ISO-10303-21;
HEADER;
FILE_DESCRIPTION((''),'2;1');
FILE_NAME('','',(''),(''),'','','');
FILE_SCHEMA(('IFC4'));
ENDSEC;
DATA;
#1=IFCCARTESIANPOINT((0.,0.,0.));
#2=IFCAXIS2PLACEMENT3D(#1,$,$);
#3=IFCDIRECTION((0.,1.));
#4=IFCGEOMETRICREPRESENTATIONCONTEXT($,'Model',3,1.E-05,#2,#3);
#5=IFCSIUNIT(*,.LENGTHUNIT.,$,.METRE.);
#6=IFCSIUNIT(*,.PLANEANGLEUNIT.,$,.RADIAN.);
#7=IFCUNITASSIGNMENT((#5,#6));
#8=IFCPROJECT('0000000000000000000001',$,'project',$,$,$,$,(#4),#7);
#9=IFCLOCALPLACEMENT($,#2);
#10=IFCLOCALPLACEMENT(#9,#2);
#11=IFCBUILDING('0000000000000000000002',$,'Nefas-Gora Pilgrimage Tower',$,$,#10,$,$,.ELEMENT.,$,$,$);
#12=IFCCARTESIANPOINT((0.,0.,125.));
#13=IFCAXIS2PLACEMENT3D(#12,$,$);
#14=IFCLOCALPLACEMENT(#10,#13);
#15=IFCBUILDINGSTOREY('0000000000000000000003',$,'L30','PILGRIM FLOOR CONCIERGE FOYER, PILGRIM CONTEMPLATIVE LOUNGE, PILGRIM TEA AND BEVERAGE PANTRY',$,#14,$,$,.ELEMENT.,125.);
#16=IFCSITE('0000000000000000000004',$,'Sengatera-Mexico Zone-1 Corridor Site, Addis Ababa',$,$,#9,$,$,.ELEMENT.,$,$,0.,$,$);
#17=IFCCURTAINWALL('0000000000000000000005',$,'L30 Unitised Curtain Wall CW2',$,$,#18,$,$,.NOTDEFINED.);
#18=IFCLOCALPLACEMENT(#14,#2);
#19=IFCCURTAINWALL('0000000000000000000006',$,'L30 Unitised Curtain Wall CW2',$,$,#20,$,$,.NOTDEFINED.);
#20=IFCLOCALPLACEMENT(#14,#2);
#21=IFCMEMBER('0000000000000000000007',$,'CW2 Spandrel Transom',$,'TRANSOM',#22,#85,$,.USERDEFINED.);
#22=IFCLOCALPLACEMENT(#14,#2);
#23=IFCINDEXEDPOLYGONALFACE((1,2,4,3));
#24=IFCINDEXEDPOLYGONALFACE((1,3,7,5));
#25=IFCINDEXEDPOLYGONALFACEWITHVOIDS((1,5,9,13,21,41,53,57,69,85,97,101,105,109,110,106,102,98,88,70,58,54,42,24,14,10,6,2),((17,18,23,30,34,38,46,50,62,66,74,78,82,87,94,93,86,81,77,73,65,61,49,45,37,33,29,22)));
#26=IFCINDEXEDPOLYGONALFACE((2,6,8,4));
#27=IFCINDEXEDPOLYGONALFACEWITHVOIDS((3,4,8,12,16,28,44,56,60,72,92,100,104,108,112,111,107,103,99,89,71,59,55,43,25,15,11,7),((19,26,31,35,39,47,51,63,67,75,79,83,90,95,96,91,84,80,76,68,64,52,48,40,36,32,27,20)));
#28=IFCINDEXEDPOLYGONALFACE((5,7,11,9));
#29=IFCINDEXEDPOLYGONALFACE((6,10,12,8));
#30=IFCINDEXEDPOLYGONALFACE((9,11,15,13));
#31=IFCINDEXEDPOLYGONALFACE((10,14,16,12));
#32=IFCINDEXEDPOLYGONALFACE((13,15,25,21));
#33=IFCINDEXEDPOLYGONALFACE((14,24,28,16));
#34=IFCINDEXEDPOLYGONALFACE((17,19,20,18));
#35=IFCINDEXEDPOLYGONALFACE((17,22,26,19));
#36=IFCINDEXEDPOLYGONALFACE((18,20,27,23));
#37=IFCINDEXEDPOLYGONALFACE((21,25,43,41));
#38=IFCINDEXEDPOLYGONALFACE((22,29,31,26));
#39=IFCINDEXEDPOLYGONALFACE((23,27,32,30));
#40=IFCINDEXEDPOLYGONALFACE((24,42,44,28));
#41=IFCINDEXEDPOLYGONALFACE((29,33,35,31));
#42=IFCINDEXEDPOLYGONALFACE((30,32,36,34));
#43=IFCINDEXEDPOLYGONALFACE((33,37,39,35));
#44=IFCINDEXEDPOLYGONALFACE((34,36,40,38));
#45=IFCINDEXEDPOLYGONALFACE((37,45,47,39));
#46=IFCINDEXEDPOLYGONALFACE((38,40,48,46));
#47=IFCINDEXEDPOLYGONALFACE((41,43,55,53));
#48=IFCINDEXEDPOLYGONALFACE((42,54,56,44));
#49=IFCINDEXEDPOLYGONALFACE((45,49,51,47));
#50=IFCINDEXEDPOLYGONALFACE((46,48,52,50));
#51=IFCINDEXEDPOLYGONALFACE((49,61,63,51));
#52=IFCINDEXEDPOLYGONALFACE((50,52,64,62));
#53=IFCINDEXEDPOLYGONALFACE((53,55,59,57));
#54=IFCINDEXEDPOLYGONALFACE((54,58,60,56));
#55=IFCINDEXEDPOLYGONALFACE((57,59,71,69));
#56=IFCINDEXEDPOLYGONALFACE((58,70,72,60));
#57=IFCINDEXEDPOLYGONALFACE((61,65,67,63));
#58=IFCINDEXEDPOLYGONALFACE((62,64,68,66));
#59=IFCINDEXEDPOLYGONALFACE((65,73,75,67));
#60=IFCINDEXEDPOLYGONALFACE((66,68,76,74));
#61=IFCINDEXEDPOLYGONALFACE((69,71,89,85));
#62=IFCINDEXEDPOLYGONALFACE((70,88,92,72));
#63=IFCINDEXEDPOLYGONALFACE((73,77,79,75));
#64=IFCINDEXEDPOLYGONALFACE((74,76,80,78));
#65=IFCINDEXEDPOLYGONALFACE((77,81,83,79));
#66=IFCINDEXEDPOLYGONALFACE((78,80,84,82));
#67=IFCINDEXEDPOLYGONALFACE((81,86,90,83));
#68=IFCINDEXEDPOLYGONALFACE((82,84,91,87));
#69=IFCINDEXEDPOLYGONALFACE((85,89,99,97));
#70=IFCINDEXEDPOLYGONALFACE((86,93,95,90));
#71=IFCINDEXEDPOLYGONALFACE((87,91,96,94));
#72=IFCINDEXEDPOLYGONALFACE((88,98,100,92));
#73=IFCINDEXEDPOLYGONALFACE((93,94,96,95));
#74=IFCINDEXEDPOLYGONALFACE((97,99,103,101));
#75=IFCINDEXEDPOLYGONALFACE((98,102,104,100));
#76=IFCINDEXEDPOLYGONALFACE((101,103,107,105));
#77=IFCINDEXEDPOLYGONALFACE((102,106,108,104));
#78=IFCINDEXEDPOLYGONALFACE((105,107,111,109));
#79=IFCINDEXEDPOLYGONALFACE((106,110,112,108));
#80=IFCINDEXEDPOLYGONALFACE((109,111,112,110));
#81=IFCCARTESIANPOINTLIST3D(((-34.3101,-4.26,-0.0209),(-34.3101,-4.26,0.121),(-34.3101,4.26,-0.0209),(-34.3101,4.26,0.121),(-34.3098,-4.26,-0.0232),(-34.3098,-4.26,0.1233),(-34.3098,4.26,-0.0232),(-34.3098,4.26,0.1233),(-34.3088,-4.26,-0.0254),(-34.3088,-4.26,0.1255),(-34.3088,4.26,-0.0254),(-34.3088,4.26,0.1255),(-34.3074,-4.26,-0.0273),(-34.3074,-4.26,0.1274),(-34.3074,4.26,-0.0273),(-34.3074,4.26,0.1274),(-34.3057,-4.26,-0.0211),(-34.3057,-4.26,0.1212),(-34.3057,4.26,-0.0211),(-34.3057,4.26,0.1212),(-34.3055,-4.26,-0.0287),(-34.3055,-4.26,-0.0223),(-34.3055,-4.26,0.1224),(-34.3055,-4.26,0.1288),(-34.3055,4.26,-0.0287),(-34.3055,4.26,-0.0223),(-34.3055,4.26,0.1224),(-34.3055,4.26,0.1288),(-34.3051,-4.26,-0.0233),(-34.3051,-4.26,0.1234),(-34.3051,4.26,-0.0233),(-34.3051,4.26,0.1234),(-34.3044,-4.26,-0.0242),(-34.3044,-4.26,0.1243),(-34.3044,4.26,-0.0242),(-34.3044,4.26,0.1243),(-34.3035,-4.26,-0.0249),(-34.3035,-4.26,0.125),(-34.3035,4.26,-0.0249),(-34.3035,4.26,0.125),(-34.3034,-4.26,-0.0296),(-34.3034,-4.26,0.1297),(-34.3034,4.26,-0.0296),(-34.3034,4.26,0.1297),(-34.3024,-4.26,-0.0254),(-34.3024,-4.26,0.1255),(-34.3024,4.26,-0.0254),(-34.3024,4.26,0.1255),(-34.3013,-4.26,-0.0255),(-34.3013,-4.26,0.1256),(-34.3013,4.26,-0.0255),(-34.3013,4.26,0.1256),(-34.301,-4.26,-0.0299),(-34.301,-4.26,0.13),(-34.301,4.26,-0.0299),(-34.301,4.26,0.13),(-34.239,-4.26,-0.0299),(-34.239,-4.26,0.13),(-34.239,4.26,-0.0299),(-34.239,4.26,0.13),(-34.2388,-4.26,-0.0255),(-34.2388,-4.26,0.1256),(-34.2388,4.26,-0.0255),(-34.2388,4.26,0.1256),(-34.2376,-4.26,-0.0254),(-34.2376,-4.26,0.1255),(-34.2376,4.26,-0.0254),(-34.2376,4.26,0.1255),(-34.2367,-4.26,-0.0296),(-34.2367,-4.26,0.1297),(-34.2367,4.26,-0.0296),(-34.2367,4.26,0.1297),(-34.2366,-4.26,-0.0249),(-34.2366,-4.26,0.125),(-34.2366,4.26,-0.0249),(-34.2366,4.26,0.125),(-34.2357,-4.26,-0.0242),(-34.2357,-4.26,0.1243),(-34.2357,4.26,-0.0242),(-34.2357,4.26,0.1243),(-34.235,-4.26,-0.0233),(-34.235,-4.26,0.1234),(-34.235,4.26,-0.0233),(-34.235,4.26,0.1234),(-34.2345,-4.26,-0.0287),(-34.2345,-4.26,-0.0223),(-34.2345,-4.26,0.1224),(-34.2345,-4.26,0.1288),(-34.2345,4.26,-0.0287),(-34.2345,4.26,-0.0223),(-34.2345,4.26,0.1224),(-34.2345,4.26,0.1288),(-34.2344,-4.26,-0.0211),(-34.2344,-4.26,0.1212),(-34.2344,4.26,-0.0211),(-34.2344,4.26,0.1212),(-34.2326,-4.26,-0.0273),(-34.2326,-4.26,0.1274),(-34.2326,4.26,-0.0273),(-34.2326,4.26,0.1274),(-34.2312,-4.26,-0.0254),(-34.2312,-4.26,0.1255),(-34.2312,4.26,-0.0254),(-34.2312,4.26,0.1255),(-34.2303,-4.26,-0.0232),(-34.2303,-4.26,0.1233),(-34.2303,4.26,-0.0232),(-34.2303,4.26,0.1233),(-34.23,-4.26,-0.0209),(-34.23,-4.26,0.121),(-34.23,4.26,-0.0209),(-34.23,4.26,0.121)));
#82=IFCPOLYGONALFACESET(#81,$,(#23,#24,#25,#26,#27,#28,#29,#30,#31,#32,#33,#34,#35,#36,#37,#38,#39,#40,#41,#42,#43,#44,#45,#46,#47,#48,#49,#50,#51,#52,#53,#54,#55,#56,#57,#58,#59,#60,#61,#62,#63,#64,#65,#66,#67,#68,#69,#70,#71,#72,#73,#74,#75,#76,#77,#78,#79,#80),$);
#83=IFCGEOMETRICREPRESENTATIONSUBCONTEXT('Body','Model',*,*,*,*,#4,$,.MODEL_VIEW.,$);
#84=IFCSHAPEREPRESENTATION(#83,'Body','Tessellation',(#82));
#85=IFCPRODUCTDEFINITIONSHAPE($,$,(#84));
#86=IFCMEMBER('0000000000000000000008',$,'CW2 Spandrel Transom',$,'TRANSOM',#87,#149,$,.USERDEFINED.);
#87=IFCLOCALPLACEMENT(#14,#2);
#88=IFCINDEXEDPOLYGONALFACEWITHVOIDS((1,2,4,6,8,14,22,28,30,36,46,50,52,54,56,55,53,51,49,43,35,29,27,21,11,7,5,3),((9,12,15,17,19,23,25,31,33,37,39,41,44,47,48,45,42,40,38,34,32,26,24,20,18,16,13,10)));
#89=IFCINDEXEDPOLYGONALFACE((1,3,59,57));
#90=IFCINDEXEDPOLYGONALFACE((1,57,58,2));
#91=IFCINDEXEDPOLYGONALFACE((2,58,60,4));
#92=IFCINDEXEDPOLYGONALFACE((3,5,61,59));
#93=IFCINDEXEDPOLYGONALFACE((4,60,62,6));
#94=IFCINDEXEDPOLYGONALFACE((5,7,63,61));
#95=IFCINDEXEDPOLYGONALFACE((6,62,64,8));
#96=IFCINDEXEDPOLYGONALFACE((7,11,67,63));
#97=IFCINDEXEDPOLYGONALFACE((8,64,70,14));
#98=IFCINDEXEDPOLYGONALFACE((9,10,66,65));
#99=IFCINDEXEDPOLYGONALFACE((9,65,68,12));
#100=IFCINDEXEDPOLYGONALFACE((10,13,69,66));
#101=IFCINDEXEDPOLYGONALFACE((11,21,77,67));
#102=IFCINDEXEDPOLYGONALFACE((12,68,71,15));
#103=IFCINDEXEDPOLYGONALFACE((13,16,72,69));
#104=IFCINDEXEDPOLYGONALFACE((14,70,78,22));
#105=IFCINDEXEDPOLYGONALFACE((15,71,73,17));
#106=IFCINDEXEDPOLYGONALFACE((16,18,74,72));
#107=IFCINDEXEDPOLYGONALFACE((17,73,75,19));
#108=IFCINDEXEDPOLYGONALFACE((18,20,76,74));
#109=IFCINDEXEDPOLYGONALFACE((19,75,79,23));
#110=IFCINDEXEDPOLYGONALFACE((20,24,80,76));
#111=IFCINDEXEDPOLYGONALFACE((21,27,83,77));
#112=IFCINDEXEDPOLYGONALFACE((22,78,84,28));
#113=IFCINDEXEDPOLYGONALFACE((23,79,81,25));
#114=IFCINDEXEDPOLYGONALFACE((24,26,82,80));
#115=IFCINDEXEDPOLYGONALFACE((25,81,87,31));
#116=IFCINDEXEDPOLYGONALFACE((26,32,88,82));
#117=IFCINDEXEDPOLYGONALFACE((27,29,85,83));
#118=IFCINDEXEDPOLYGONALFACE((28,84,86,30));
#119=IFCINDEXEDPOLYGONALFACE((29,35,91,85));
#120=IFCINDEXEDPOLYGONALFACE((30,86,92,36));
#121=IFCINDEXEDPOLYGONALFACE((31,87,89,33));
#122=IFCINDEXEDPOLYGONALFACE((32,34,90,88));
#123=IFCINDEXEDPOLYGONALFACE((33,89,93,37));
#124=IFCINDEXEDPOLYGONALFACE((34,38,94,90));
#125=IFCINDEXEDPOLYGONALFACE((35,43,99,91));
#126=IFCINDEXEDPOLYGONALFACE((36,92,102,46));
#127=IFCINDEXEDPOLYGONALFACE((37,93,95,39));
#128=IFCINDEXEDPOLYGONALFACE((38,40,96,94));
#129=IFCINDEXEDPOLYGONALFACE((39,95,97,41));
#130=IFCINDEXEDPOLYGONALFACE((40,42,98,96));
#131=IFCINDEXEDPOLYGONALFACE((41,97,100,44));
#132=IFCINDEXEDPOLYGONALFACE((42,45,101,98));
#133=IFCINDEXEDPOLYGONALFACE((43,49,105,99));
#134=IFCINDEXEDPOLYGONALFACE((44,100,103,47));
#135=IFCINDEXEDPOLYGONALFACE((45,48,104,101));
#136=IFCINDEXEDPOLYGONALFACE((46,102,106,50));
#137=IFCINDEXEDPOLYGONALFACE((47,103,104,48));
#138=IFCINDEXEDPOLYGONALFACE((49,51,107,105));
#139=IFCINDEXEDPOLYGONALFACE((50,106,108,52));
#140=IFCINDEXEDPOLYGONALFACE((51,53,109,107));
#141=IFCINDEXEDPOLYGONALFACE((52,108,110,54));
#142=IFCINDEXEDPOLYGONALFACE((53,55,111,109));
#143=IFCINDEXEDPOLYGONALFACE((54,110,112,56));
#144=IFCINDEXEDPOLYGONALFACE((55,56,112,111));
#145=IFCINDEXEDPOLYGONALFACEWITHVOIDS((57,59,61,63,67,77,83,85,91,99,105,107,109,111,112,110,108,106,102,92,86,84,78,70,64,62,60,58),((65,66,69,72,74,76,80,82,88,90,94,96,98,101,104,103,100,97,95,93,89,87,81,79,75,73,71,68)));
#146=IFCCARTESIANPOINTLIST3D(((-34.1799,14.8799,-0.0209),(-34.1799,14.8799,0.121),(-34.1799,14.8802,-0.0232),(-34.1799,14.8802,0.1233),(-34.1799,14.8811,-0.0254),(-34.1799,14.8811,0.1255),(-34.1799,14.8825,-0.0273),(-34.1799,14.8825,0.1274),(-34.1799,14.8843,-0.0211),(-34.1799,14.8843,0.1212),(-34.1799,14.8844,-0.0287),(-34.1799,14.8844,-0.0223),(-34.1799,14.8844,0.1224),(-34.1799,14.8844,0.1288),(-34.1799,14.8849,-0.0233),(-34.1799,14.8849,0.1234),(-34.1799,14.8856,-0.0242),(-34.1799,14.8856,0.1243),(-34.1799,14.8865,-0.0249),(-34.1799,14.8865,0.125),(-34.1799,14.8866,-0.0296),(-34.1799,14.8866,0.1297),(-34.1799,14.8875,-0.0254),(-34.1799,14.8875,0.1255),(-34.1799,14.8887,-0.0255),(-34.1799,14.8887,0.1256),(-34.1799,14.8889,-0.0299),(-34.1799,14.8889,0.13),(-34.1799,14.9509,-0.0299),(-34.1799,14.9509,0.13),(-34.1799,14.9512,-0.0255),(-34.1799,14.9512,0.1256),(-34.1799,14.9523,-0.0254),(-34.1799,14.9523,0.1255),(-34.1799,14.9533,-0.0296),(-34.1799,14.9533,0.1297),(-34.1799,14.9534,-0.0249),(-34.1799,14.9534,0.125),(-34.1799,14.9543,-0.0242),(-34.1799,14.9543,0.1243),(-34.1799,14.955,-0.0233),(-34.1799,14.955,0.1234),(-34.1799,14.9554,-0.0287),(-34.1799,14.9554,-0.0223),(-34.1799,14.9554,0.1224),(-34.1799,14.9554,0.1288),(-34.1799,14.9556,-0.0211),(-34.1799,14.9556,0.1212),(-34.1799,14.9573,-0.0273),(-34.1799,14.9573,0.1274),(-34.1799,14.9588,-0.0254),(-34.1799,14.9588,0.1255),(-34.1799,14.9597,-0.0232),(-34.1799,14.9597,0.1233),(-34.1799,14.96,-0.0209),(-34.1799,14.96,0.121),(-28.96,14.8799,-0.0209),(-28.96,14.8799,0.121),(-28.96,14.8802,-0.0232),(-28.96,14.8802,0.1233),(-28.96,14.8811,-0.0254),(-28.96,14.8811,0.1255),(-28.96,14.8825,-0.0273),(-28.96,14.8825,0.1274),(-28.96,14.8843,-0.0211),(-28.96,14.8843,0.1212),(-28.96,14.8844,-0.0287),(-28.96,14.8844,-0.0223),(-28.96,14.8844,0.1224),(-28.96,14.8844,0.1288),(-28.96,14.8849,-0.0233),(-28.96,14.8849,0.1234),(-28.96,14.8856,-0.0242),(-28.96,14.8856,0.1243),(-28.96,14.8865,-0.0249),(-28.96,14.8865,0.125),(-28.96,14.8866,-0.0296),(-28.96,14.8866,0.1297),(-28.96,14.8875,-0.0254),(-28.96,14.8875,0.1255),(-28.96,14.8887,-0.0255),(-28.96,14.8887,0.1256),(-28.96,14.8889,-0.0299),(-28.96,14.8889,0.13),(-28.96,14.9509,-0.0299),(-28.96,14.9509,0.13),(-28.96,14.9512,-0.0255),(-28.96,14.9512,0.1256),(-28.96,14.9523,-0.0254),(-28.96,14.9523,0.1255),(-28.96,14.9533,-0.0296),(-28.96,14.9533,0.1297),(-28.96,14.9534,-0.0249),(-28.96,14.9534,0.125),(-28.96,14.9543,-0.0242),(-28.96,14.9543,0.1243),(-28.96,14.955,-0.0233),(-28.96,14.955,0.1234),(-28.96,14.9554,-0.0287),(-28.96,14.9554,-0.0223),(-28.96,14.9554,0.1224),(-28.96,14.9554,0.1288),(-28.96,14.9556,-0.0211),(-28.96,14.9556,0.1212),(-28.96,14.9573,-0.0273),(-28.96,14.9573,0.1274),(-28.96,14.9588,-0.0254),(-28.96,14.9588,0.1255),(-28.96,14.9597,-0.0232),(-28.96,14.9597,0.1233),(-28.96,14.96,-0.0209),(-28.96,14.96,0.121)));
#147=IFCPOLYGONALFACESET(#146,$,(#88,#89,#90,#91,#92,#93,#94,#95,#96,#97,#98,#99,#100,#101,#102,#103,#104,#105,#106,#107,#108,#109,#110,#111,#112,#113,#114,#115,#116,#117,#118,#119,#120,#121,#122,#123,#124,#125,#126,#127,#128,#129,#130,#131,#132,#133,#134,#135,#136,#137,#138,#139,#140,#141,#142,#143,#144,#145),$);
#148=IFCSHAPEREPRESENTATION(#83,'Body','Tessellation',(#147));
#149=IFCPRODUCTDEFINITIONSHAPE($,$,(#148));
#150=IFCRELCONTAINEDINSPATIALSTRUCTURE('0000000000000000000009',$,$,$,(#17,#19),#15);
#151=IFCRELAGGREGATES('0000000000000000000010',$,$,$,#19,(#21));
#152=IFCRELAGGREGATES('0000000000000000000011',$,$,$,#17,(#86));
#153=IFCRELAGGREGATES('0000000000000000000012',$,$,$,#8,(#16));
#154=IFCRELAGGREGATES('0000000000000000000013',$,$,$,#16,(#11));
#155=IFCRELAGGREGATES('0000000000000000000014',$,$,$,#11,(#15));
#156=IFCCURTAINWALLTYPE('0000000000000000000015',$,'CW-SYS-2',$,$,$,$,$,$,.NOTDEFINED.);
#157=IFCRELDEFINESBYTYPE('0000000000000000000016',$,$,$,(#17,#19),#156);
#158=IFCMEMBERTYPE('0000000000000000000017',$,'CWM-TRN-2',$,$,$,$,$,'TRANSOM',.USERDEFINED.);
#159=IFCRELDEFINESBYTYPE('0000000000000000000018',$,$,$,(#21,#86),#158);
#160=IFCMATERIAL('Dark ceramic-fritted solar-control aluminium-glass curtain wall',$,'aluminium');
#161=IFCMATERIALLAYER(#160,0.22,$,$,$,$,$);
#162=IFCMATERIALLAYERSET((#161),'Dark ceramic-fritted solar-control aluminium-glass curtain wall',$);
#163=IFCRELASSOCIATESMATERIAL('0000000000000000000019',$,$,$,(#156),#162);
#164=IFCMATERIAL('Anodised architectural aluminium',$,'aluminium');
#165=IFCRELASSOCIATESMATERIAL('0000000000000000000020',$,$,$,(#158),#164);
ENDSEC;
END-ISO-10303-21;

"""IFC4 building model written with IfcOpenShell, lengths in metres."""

from ifc_helpers import new_model, si_unit, direction, frame, origin, origin_2d, place, context, subcontext, project, spatial, hollow_rectangle, extrude, source, transform, mapped, material, layer, layer_set, material_profile, profile_set, type_object, element, aggregate, save


model = new_model("IFC4")

# Units and contexts
model_context = context("Model", 3, precision=1e-05, world=origin(), true_north=direction((0.0, 1.0)))
body_context = subcontext(model_context, "Body", "Model", "MODEL_VIEW")
ifc_project = project(units=[si_unit("LENGTHUNIT", "METRE"), si_unit("PLANEANGLEUNIT", "RADIAN")], contexts=[model_context])

# Site, building, storey
site_placement = place(None, origin())
site = spatial("IfcSite", under=ifc_project, at=site_placement, Name="Sengatera-Mexico Zone-1 Corridor Site, Addis Ababa", CompositionType="ELEMENT", RefElevation=0.0)
building_placement = place(site_placement, origin())
building = spatial("IfcBuilding", under=site, at=building_placement, Name="Nefas-Gora Pilgrimage Tower", CompositionType="ELEMENT")
storey_placement = place(building_placement, frame((0.0, 0.0, 125.0)))
storey = spatial("IfcBuildingStorey", under=building, at=storey_placement, Name="L30", Description="PILGRIM FLOOR CONCIERGE FOYER, PILGRIM CONTEMPLATIVE LOUNGE, PILGRIM TEA AND BEVERAGE PANTRY", CompositionType="ELEMENT", Elevation=125.0)

# Shared definitions
ifc_material_1 = material(Name="Dark ceramic-fritted solar-control aluminium-glass curtain wall", Category="aluminium")
ifc_layer_1 = layer(ifc_material_1, 0.22)
ifc_layer_set_1 = layer_set([ifc_layer_1], Name="Dark ceramic-fritted solar-control aluminium-glass curtain wall")
curtain_wall_type = type_object("IfcCurtainWallType", Name="CW-SYS-2", PredefinedType="NOTDEFINED", material=ifc_layer_set_1)
ifc_material_2 = material(Name="Anodised architectural aluminium", Category="aluminium")

# Curtain walls, member
curtain_wall_1_placement = place(storey_placement, origin())
curtain_wall_1 = element("IfcCurtainWall", 1, at=curtain_wall_1_placement, inside=storey, type_object=curtain_wall_type, Name="L30 Unitised Curtain Wall CW2", PredefinedType="NOTDEFINED")
curtain_wall_2_placement = place(storey_placement, origin())
curtain_wall_2 = element("IfcCurtainWall", 2, at=curtain_wall_2_placement, inside=storey, type_object=curtain_wall_type, Name="L30 Unitised Curtain Wall CW2", PredefinedType="NOTDEFINED")
ifc_material_profile_1 = material_profile(ifc_material_2, hollow_rectangle(XDim=0.0801, YDim=0.1599, WallThickness=0.0044, InnerFilletRadius=0.0044, OuterFilletRadius=0.009, at=origin_2d()), Name="ALU TRANSOM 80x160")
ifc_profile_set_1 = profile_set([ifc_material_profile_1], Name="Anodised architectural aluminium")
member_type_1 = type_object("IfcMemberType", Name="CWM-TRN-2", ElementType="TRANSOM", PredefinedType="USERDEFINED", material=ifc_profile_set_1)
shared_shape_1 = source(origin(), body_context, "Body", "SweptSolid", [
    extrude(hollow_rectangle(XDim=0.0801, YDim=0.1599, WallThickness=0.0044, InnerFilletRadius=0.0044, OuterFilletRadius=0.009, at=origin_2d()), origin(), (0.0, 0.0, 1.0), 8.52),
])
member_1_placement = place(storey_placement, frame((-34.27, 4.26, 0.05), z_axis=(0.0, -1.0, 0.0), x_axis=(1.0, 0.0, 0.0)))
member_1 = element("IfcMember", 3, at=member_1_placement, type_object=member_type_1, Name="CW2 Spandrel Transom", ObjectType="TRANSOM", PredefinedType="USERDEFINED", context=body_context, shape_type="MappedRepresentation", body=[
    mapped(shared_shape_1, transform((0.0, 0.0, 0.0), x_axis=(1.0, 0.0, 0.0), y_axis=(0.0, 1.0, 0.0), z_axis=(0.0, 0.0, 1.0), scale=1.0)),
])
aggregate(curtain_wall_2, [member_1])

# Member
shared_shape_2 = source(origin(), body_context, "Body", "SweptSolid", [
    extrude(hollow_rectangle(XDim=0.0801, YDim=0.1599, WallThickness=0.0044, InnerFilletRadius=0.0044, OuterFilletRadius=0.009, at=origin_2d()), origin(), (0.0, 0.0, 1.0), 5.22),
])
member_2_placement = place(storey_placement, frame((-28.96, 14.9199, 0.05), z_axis=(-1.0, 0.0, 0.0), x_axis=(0.0, -1.0, 0.0)))
member_2 = element("IfcMember", 4, at=member_2_placement, type_object=member_type_1, Name="CW2 Spandrel Transom", ObjectType="TRANSOM", PredefinedType="USERDEFINED", context=body_context, shape_type="MappedRepresentation", body=[
    mapped(shared_shape_2, transform((0.0, 0.0, 0.0), x_axis=(1.0, 0.0, 0.0), y_axis=(0.0, 1.0, 0.0), z_axis=(0.0, 0.0, 1.0), scale=1.0)),
])

aggregate(curtain_wall_1, [member_2])

save(model, "model.ifc")
